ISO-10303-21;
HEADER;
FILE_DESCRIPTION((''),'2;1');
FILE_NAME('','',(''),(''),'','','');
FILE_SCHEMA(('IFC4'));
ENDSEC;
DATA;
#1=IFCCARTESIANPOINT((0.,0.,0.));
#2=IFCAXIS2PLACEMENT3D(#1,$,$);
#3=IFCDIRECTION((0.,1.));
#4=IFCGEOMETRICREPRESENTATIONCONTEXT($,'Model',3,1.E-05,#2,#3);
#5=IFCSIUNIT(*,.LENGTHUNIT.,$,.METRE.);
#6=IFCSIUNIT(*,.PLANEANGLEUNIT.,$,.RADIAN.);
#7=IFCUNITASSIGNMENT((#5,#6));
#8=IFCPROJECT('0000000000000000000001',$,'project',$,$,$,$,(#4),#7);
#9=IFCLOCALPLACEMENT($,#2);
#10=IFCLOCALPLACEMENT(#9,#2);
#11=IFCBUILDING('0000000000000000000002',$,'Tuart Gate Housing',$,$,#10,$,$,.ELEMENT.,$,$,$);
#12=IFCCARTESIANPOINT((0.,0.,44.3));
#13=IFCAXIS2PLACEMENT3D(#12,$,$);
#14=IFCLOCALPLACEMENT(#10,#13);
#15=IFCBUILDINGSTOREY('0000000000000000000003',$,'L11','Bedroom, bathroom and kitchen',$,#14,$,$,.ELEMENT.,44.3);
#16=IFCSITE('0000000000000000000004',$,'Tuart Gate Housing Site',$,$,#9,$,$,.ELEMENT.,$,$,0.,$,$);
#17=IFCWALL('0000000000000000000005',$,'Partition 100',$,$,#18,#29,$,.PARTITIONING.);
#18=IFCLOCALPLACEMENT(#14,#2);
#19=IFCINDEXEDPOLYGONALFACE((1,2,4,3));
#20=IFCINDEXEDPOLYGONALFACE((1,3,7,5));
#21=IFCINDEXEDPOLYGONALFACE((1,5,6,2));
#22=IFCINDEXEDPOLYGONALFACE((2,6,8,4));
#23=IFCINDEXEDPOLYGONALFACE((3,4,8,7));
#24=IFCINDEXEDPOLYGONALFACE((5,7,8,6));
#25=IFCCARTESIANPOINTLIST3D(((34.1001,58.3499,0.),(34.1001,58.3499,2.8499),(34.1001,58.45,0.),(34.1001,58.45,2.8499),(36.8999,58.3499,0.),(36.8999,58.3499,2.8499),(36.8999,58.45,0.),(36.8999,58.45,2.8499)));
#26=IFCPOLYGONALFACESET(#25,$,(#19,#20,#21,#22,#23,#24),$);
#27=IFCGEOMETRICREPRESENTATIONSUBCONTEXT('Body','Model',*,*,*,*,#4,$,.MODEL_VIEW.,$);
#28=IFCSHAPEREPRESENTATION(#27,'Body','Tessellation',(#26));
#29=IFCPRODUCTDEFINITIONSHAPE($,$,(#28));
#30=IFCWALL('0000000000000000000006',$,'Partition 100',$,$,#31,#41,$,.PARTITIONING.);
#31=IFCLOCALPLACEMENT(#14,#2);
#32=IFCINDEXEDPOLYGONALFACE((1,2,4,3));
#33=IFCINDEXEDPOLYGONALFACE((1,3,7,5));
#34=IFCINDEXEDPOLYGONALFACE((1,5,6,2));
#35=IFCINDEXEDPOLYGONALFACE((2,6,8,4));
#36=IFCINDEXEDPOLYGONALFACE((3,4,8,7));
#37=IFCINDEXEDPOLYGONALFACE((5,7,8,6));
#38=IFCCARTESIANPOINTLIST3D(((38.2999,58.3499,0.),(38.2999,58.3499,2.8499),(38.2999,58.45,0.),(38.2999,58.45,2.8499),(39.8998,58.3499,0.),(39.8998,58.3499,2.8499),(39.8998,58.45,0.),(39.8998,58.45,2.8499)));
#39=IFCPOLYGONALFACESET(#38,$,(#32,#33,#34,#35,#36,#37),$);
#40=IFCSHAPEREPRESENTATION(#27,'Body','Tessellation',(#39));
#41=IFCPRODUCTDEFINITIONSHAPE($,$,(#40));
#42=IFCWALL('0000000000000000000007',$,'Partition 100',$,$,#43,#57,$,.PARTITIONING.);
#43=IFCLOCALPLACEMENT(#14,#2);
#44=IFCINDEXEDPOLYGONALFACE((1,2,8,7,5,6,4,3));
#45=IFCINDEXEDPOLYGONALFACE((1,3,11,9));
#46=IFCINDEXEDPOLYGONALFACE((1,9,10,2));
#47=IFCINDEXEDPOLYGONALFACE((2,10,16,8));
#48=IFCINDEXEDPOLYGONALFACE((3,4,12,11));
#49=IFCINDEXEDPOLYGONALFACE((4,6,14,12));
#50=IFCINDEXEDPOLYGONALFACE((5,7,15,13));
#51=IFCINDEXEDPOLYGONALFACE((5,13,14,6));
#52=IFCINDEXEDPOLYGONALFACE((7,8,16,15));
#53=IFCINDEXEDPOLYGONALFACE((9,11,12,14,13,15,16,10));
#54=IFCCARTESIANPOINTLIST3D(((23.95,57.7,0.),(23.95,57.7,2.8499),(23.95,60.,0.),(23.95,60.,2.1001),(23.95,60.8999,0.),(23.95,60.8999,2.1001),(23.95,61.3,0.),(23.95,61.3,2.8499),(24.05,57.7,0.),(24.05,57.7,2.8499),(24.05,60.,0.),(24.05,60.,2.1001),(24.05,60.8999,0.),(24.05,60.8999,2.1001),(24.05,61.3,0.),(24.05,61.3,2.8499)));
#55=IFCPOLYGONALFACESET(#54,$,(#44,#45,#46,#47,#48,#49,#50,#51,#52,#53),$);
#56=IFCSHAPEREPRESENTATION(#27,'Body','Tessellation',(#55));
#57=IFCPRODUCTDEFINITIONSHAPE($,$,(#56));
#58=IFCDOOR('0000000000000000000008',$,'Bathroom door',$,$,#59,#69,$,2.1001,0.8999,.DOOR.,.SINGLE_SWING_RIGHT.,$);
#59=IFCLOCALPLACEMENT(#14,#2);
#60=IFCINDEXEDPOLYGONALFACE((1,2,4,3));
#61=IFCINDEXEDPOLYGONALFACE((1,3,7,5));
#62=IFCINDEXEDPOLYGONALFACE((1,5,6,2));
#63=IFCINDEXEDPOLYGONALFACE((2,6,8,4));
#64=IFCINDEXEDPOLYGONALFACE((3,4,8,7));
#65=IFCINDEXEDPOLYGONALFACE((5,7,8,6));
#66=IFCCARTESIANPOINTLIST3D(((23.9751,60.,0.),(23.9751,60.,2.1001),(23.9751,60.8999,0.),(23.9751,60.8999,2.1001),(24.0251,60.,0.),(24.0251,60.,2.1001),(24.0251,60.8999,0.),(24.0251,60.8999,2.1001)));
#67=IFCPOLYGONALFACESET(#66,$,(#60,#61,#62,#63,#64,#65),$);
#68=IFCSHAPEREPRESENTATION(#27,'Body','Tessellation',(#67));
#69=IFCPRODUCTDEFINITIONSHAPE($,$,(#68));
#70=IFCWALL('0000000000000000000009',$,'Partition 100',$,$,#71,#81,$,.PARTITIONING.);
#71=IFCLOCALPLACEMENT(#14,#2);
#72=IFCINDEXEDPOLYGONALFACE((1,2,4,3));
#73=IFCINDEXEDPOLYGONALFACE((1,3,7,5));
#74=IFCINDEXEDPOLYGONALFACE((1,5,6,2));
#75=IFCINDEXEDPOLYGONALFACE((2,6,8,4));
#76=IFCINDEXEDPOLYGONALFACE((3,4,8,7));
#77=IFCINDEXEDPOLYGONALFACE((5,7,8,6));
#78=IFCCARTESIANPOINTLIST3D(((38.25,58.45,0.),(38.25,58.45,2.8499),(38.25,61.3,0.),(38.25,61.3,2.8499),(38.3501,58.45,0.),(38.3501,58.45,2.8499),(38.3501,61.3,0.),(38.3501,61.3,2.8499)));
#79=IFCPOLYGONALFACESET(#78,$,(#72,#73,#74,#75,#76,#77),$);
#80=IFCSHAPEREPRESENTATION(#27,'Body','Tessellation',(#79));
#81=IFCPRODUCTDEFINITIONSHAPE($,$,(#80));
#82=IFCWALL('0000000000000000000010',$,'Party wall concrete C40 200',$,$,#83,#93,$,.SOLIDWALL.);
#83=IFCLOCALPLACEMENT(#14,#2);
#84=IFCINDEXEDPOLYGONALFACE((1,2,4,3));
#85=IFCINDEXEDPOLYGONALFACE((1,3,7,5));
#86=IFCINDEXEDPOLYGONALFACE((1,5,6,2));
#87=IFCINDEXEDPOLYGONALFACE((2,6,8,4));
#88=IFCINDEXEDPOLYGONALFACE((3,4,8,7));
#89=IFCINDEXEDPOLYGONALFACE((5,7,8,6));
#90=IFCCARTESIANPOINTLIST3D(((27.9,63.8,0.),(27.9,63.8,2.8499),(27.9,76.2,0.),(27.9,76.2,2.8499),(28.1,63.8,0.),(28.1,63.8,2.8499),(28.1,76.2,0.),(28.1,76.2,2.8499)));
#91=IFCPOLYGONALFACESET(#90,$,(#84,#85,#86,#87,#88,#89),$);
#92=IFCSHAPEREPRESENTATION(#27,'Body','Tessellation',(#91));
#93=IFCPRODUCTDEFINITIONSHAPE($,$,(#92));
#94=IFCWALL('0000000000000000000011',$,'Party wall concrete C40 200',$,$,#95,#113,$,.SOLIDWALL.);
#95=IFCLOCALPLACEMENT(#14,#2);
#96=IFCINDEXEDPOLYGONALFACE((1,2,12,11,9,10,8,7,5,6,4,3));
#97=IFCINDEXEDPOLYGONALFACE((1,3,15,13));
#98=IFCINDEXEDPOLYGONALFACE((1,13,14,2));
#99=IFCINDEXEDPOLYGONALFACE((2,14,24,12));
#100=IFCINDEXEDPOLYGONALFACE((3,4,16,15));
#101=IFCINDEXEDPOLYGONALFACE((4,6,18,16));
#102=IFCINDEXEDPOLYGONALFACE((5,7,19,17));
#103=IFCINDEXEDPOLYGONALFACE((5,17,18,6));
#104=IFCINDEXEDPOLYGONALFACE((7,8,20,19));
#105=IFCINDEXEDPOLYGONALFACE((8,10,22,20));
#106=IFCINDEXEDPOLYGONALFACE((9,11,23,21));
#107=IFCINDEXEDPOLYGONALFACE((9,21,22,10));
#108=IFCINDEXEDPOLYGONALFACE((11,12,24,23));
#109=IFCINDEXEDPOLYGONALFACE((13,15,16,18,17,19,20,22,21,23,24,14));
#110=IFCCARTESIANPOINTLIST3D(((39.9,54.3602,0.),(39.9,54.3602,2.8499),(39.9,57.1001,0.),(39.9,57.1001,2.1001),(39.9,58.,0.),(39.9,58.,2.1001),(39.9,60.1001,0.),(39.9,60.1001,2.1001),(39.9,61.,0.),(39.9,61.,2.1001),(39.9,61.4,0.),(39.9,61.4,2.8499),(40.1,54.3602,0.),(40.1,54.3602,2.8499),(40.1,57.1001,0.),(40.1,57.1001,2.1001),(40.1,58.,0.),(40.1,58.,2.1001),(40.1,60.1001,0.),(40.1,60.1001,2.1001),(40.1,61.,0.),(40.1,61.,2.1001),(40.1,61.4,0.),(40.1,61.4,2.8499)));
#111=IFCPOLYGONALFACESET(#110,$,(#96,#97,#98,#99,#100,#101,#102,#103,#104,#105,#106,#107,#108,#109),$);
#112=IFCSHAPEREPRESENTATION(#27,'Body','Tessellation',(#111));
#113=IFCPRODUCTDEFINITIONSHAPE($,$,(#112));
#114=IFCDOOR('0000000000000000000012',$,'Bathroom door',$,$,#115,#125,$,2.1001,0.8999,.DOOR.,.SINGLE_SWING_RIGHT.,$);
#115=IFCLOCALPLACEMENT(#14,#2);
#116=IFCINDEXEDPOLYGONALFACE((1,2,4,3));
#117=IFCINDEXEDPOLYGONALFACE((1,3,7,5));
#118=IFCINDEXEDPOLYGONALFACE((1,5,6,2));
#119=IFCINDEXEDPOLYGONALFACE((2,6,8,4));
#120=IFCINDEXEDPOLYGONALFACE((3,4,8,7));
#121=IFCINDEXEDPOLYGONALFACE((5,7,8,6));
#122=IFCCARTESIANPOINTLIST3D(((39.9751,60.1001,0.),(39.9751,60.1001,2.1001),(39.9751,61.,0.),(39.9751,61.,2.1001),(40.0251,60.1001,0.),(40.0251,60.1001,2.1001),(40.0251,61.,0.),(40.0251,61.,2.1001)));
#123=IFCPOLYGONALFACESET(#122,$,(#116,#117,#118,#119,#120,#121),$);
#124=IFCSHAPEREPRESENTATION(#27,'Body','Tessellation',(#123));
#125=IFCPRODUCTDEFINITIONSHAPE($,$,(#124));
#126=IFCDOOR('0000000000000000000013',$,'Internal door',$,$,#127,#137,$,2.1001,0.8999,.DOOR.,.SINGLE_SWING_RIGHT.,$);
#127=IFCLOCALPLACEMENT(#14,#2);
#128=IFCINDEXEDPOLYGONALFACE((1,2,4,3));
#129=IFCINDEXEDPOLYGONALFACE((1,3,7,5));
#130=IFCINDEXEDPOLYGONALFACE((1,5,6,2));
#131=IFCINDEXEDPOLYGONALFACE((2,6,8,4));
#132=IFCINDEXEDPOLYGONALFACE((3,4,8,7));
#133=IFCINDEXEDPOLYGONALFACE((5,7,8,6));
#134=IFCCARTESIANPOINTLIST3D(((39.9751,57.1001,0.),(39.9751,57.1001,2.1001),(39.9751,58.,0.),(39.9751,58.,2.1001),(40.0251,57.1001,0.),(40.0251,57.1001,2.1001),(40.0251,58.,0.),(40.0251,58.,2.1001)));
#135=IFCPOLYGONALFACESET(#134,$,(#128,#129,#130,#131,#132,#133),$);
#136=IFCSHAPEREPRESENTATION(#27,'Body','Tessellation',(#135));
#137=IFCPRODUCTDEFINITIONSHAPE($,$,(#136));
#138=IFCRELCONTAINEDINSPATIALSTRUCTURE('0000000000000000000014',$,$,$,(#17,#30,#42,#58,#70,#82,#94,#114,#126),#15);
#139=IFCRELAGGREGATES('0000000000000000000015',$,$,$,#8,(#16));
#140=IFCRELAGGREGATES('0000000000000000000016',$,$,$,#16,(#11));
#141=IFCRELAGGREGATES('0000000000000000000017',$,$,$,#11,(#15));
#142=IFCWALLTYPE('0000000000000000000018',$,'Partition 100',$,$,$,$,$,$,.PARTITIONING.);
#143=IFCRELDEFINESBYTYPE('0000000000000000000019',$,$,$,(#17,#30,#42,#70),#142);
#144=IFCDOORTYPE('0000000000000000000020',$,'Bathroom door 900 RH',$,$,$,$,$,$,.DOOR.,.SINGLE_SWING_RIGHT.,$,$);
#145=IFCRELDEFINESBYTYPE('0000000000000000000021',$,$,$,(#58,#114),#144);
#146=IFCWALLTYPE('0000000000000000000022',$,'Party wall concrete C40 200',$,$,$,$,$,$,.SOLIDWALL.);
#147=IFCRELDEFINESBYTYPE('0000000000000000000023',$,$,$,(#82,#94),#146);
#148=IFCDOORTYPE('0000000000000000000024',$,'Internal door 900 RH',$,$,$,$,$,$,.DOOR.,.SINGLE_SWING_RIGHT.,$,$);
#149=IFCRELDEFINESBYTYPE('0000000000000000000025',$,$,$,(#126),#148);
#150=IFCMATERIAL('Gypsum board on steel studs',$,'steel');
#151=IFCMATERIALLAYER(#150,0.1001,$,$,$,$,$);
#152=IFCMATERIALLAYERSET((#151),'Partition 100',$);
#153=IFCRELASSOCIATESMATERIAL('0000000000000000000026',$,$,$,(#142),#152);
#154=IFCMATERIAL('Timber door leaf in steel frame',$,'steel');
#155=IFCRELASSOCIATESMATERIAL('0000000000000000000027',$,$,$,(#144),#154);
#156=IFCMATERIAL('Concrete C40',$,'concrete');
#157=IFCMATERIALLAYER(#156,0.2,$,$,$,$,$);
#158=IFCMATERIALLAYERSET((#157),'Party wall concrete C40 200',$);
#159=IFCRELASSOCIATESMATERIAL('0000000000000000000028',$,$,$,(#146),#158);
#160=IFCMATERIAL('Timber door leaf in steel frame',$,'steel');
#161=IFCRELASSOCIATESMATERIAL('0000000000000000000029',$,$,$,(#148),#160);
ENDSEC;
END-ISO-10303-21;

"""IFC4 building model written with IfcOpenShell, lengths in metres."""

from ifc_helpers import new_model, si_unit, direction, frame, frame_2d, origin, place, context, subcontext, project, spatial, rectangle, extrude, material, layer, layer_set, type_object, element, fill, save


model = new_model("IFC4")

# Units and contexts
model_context = context("Model", 3, precision=1e-05, world=origin(), true_north=direction((0.0, 1.0)))
body_context = subcontext(model_context, "Body", "Model", "MODEL_VIEW")
ifc_project = project(units=[si_unit("LENGTHUNIT", "METRE"), si_unit("PLANEANGLEUNIT", "RADIAN")], contexts=[model_context])

# Site, building, storey
site_placement = place(None, origin())
site = spatial("IfcSite", under=ifc_project, at=site_placement, Name="Tuart Gate Housing Site", CompositionType="ELEMENT", RefElevation=0.0)
building_placement = place(site_placement, origin())
building = spatial("IfcBuilding", under=site, at=building_placement, Name="Tuart Gate Housing", CompositionType="ELEMENT")
storey_placement = place(building_placement, frame((0.0, 0.0, 44.3)))
storey = spatial("IfcBuildingStorey", under=building, at=storey_placement, Name="L11", Description="Bedroom, bathroom and kitchen", CompositionType="ELEMENT", Elevation=44.3)

# Walls
ifc_material_1 = material(Name="Gypsum board on steel studs", Category="steel")
ifc_layer_1 = layer(ifc_material_1, 0.1001)
ifc_layer_set_1 = layer_set([ifc_layer_1], Name="Partition 100")
wall_type_1 = type_object("IfcWallType", Name="Partition 100", PredefinedType="PARTITIONING", material=ifc_layer_set_1)
wall_1_placement = place(storey_placement, frame((34.1001, 58.3999, 0.0), z_axis=(0.0, 0.0, 1.0), x_axis=(1.0, 0.0, 0.0)))
element("IfcWall", 1, at=wall_1_placement, inside=storey, type_object=wall_type_1, Name="Partition 100", PredefinedType="PARTITIONING", context=body_context, shape_type="SweptSolid", body=[
    extrude(rectangle(XDim=2.7998, YDim=0.1001, at=frame_2d((1.3999, 0.0))), origin(), (0.0, 0.0, 1.0), 2.8499),
])
wall_2_placement = place(storey_placement, frame((38.3, 58.3999, 0.0), z_axis=(0.0, 0.0, 1.0), x_axis=(1.0, 0.0, 0.0)))
element("IfcWall", 2, at=wall_2_placement, inside=storey, type_object=wall_type_1, Name="Partition 100", PredefinedType="PARTITIONING", context=body_context, shape_type="SweptSolid", body=[
    extrude(rectangle(XDim=1.5999, YDim=0.1001, at=frame_2d((0.7998, 0.0))), origin(), (0.0, 0.0, 1.0), 2.8499),
])

# Wall, opening, door
wall_3_placement = place(storey_placement, frame((24.0, 57.7, 0.0), z_axis=(0.0, 0.0, 1.0), x_axis=(0.0, 1.0, 0.0)))
wall_3 = element("IfcWall", 3, at=wall_3_placement, inside=storey, type_object=wall_type_1, Name="Partition 100", PredefinedType="PARTITIONING", context=body_context, shape_type="SweptSolid", body=[
    extrude(rectangle(XDim=3.6001, YDim=0.1001, at=frame_2d((1.8, 0.0))), origin(), (0.0, 0.0, 1.0), 2.8499),
])
opening_1_placement = place(wall_3_placement, frame((2.3, 0.0, 0.0)))
opening_1 = element("IfcOpeningElement", 4, at=opening_1_placement, cuts=wall_3, PredefinedType="OPENING", context=body_context, shape_type="SweptSolid", body=[
    extrude(rectangle(XDim=0.8999, YDim=2.1001, at=frame_2d((0.45, 1.05))), frame((0.0, 0.0601, 0.0), z_axis=(0.0, -1.0, 0.0), x_axis=(1.0, 0.0, 0.0)), (0.0, 0.0, 1.0), 0.1201),
])
ifc_material_2 = material(Name="Timber door leaf in steel frame", Category="steel")
door_type_1 = type_object("IfcDoorType", Name="Bathroom door 900 RH", OperationType="SINGLE_SWING_RIGHT", PredefinedType="DOOR", material=ifc_material_2)
door_1_placement = place(opening_1_placement, origin())
door_1 = element("IfcDoor", 5, at=door_1_placement, inside=storey, type_object=door_type_1, Name="Bathroom door", OperationType="SINGLE_SWING_RIGHT", OverallHeight=2.1001, OverallWidth=0.8999, PredefinedType="DOOR", context=body_context, shape_type="SweptSolid", body=[
    extrude(rectangle(XDim=0.8999, YDim=2.1001, at=frame_2d((0.45, 1.05))), frame((0.0, 0.0249, 0.0), z_axis=(0.0, -1.0, 0.0), x_axis=(1.0, 0.0, 0.0)), (0.0, 0.0, 1.0), 0.05),
])
fill(opening_1, door_1)

# Walls
wall_4_placement = place(storey_placement, frame((38.3, 58.45, 0.0), z_axis=(0.0, 0.0, 1.0), x_axis=(0.0, 1.0, 0.0)))
element("IfcWall", 6, at=wall_4_placement, inside=storey, type_object=wall_type_1, Name="Partition 100", PredefinedType="PARTITIONING", context=body_context, shape_type="SweptSolid", body=[
    extrude(rectangle(XDim=2.8501, YDim=0.1001, at=frame_2d((1.425, 0.0))), origin(), (0.0, 0.0, 1.0), 2.8499),
])
ifc_material_3 = material(Name="Concrete C40", Category="concrete")
ifc_layer_2 = layer(ifc_material_3, 0.2)
ifc_layer_set_2 = layer_set([ifc_layer_2], Name="Party wall concrete C40 200")
wall_type_2 = type_object("IfcWallType", Name="Party wall concrete C40 200", PredefinedType="SOLIDWALL", material=ifc_layer_set_2)
wall_5_placement = place(storey_placement, frame((28.0, 63.8, 0.0), z_axis=(0.0, 0.0, 1.0), x_axis=(0.0, 1.0, 0.0)))
element("IfcWall", 7, at=wall_5_placement, inside=storey, type_object=wall_type_2, Name="Party wall concrete C40 200", PredefinedType="SOLIDWALL", context=body_context, shape_type="SweptSolid", body=[
    extrude(rectangle(XDim=12.3999, YDim=0.2, at=frame_2d((6.2, 0.0))), origin(), (0.0, 0.0, 1.0), 2.8499),
])

# Wall, openings, doors
wall_6_placement = place(storey_placement, frame((40.0, 54.3601, 0.0), z_axis=(0.0, 0.0, 1.0), x_axis=(0.0, 1.0, 0.0)))
wall_6 = element("IfcWall", 8, at=wall_6_placement, inside=storey, type_object=wall_type_2, Name="Party wall concrete C40 200", PredefinedType="SOLIDWALL", context=body_context, shape_type="SweptSolid", body=[
    extrude(rectangle(XDim=7.0398, YDim=0.2, at=frame_2d((3.52, 0.0))), origin(), (0.0, 0.0, 1.0), 2.8499),
])
opening_2_placement = place(wall_6_placement, frame((2.74, 0.0, 0.0)))
opening_2 = element("IfcOpeningElement", 9, at=opening_2_placement, cuts=wall_6, PredefinedType="OPENING", context=body_context, shape_type="SweptSolid", body=[
    extrude(rectangle(XDim=0.8999, YDim=2.1001, at=frame_2d((0.45, 1.05))), frame((0.0, 0.1099, 0.0), z_axis=(0.0, -1.0, 0.0), x_axis=(1.0, 0.0, 0.0)), (0.0, 0.0, 1.0), 0.22),
])
opening_3_placement = place(wall_6_placement, frame((5.74, 0.0, 0.0)))
opening_3 = element("IfcOpeningElement", 10, at=opening_3_placement, cuts=wall_6, PredefinedType="OPENING", context=body_context, shape_type="SweptSolid", body=[
    extrude(rectangle(XDim=0.8999, YDim=2.1001, at=frame_2d((0.45, 1.05))), frame((0.0, 0.1099, 0.0), z_axis=(0.0, -1.0, 0.0), x_axis=(1.0, 0.0, 0.0)), (0.0, 0.0, 1.0), 0.22),
])
door_2_placement = place(opening_3_placement, origin())
door_2 = element("IfcDoor", 11, at=door_2_placement, inside=storey, type_object=door_type_1, Name="Bathroom door", OperationType="SINGLE_SWING_RIGHT", OverallHeight=2.1001, OverallWidth=0.8999, PredefinedType="DOOR", context=body_context, shape_type="SweptSolid", body=[
    extrude(rectangle(XDim=0.8999, YDim=2.1001, at=frame_2d((0.45, 1.05))), frame((0.0, 0.0249, 0.0), z_axis=(0.0, -1.0, 0.0), x_axis=(1.0, 0.0, 0.0)), (0.0, 0.0, 1.0), 0.05),
])
fill(opening_3, door_2)
ifc_material_4 = material(Name="Timber door leaf in steel frame", Category="steel")
door_type_2 = type_object("IfcDoorType", Name="Internal door 900 RH", OperationType="SINGLE_SWING_RIGHT", PredefinedType="DOOR", material=ifc_material_4)
door_3_placement = place(opening_2_placement, origin())
door_3 = element("IfcDoor", 12, at=door_3_placement, inside=storey, type_object=door_type_2, Name="Internal door", OperationType="SINGLE_SWING_RIGHT", OverallHeight=2.1001, OverallWidth=0.8999, PredefinedType="DOOR", context=body_context, shape_type="SweptSolid", body=[
    extrude(rectangle(XDim=0.8999, YDim=2.1001, at=frame_2d((0.45, 1.05))), frame((0.0, 0.0249, 0.0), z_axis=(0.0, -1.0, 0.0), x_axis=(1.0, 0.0, 0.0)), (0.0, 0.0, 1.0), 0.05),
])
fill(opening_2, door_3)

save(model, "model.ifc")
